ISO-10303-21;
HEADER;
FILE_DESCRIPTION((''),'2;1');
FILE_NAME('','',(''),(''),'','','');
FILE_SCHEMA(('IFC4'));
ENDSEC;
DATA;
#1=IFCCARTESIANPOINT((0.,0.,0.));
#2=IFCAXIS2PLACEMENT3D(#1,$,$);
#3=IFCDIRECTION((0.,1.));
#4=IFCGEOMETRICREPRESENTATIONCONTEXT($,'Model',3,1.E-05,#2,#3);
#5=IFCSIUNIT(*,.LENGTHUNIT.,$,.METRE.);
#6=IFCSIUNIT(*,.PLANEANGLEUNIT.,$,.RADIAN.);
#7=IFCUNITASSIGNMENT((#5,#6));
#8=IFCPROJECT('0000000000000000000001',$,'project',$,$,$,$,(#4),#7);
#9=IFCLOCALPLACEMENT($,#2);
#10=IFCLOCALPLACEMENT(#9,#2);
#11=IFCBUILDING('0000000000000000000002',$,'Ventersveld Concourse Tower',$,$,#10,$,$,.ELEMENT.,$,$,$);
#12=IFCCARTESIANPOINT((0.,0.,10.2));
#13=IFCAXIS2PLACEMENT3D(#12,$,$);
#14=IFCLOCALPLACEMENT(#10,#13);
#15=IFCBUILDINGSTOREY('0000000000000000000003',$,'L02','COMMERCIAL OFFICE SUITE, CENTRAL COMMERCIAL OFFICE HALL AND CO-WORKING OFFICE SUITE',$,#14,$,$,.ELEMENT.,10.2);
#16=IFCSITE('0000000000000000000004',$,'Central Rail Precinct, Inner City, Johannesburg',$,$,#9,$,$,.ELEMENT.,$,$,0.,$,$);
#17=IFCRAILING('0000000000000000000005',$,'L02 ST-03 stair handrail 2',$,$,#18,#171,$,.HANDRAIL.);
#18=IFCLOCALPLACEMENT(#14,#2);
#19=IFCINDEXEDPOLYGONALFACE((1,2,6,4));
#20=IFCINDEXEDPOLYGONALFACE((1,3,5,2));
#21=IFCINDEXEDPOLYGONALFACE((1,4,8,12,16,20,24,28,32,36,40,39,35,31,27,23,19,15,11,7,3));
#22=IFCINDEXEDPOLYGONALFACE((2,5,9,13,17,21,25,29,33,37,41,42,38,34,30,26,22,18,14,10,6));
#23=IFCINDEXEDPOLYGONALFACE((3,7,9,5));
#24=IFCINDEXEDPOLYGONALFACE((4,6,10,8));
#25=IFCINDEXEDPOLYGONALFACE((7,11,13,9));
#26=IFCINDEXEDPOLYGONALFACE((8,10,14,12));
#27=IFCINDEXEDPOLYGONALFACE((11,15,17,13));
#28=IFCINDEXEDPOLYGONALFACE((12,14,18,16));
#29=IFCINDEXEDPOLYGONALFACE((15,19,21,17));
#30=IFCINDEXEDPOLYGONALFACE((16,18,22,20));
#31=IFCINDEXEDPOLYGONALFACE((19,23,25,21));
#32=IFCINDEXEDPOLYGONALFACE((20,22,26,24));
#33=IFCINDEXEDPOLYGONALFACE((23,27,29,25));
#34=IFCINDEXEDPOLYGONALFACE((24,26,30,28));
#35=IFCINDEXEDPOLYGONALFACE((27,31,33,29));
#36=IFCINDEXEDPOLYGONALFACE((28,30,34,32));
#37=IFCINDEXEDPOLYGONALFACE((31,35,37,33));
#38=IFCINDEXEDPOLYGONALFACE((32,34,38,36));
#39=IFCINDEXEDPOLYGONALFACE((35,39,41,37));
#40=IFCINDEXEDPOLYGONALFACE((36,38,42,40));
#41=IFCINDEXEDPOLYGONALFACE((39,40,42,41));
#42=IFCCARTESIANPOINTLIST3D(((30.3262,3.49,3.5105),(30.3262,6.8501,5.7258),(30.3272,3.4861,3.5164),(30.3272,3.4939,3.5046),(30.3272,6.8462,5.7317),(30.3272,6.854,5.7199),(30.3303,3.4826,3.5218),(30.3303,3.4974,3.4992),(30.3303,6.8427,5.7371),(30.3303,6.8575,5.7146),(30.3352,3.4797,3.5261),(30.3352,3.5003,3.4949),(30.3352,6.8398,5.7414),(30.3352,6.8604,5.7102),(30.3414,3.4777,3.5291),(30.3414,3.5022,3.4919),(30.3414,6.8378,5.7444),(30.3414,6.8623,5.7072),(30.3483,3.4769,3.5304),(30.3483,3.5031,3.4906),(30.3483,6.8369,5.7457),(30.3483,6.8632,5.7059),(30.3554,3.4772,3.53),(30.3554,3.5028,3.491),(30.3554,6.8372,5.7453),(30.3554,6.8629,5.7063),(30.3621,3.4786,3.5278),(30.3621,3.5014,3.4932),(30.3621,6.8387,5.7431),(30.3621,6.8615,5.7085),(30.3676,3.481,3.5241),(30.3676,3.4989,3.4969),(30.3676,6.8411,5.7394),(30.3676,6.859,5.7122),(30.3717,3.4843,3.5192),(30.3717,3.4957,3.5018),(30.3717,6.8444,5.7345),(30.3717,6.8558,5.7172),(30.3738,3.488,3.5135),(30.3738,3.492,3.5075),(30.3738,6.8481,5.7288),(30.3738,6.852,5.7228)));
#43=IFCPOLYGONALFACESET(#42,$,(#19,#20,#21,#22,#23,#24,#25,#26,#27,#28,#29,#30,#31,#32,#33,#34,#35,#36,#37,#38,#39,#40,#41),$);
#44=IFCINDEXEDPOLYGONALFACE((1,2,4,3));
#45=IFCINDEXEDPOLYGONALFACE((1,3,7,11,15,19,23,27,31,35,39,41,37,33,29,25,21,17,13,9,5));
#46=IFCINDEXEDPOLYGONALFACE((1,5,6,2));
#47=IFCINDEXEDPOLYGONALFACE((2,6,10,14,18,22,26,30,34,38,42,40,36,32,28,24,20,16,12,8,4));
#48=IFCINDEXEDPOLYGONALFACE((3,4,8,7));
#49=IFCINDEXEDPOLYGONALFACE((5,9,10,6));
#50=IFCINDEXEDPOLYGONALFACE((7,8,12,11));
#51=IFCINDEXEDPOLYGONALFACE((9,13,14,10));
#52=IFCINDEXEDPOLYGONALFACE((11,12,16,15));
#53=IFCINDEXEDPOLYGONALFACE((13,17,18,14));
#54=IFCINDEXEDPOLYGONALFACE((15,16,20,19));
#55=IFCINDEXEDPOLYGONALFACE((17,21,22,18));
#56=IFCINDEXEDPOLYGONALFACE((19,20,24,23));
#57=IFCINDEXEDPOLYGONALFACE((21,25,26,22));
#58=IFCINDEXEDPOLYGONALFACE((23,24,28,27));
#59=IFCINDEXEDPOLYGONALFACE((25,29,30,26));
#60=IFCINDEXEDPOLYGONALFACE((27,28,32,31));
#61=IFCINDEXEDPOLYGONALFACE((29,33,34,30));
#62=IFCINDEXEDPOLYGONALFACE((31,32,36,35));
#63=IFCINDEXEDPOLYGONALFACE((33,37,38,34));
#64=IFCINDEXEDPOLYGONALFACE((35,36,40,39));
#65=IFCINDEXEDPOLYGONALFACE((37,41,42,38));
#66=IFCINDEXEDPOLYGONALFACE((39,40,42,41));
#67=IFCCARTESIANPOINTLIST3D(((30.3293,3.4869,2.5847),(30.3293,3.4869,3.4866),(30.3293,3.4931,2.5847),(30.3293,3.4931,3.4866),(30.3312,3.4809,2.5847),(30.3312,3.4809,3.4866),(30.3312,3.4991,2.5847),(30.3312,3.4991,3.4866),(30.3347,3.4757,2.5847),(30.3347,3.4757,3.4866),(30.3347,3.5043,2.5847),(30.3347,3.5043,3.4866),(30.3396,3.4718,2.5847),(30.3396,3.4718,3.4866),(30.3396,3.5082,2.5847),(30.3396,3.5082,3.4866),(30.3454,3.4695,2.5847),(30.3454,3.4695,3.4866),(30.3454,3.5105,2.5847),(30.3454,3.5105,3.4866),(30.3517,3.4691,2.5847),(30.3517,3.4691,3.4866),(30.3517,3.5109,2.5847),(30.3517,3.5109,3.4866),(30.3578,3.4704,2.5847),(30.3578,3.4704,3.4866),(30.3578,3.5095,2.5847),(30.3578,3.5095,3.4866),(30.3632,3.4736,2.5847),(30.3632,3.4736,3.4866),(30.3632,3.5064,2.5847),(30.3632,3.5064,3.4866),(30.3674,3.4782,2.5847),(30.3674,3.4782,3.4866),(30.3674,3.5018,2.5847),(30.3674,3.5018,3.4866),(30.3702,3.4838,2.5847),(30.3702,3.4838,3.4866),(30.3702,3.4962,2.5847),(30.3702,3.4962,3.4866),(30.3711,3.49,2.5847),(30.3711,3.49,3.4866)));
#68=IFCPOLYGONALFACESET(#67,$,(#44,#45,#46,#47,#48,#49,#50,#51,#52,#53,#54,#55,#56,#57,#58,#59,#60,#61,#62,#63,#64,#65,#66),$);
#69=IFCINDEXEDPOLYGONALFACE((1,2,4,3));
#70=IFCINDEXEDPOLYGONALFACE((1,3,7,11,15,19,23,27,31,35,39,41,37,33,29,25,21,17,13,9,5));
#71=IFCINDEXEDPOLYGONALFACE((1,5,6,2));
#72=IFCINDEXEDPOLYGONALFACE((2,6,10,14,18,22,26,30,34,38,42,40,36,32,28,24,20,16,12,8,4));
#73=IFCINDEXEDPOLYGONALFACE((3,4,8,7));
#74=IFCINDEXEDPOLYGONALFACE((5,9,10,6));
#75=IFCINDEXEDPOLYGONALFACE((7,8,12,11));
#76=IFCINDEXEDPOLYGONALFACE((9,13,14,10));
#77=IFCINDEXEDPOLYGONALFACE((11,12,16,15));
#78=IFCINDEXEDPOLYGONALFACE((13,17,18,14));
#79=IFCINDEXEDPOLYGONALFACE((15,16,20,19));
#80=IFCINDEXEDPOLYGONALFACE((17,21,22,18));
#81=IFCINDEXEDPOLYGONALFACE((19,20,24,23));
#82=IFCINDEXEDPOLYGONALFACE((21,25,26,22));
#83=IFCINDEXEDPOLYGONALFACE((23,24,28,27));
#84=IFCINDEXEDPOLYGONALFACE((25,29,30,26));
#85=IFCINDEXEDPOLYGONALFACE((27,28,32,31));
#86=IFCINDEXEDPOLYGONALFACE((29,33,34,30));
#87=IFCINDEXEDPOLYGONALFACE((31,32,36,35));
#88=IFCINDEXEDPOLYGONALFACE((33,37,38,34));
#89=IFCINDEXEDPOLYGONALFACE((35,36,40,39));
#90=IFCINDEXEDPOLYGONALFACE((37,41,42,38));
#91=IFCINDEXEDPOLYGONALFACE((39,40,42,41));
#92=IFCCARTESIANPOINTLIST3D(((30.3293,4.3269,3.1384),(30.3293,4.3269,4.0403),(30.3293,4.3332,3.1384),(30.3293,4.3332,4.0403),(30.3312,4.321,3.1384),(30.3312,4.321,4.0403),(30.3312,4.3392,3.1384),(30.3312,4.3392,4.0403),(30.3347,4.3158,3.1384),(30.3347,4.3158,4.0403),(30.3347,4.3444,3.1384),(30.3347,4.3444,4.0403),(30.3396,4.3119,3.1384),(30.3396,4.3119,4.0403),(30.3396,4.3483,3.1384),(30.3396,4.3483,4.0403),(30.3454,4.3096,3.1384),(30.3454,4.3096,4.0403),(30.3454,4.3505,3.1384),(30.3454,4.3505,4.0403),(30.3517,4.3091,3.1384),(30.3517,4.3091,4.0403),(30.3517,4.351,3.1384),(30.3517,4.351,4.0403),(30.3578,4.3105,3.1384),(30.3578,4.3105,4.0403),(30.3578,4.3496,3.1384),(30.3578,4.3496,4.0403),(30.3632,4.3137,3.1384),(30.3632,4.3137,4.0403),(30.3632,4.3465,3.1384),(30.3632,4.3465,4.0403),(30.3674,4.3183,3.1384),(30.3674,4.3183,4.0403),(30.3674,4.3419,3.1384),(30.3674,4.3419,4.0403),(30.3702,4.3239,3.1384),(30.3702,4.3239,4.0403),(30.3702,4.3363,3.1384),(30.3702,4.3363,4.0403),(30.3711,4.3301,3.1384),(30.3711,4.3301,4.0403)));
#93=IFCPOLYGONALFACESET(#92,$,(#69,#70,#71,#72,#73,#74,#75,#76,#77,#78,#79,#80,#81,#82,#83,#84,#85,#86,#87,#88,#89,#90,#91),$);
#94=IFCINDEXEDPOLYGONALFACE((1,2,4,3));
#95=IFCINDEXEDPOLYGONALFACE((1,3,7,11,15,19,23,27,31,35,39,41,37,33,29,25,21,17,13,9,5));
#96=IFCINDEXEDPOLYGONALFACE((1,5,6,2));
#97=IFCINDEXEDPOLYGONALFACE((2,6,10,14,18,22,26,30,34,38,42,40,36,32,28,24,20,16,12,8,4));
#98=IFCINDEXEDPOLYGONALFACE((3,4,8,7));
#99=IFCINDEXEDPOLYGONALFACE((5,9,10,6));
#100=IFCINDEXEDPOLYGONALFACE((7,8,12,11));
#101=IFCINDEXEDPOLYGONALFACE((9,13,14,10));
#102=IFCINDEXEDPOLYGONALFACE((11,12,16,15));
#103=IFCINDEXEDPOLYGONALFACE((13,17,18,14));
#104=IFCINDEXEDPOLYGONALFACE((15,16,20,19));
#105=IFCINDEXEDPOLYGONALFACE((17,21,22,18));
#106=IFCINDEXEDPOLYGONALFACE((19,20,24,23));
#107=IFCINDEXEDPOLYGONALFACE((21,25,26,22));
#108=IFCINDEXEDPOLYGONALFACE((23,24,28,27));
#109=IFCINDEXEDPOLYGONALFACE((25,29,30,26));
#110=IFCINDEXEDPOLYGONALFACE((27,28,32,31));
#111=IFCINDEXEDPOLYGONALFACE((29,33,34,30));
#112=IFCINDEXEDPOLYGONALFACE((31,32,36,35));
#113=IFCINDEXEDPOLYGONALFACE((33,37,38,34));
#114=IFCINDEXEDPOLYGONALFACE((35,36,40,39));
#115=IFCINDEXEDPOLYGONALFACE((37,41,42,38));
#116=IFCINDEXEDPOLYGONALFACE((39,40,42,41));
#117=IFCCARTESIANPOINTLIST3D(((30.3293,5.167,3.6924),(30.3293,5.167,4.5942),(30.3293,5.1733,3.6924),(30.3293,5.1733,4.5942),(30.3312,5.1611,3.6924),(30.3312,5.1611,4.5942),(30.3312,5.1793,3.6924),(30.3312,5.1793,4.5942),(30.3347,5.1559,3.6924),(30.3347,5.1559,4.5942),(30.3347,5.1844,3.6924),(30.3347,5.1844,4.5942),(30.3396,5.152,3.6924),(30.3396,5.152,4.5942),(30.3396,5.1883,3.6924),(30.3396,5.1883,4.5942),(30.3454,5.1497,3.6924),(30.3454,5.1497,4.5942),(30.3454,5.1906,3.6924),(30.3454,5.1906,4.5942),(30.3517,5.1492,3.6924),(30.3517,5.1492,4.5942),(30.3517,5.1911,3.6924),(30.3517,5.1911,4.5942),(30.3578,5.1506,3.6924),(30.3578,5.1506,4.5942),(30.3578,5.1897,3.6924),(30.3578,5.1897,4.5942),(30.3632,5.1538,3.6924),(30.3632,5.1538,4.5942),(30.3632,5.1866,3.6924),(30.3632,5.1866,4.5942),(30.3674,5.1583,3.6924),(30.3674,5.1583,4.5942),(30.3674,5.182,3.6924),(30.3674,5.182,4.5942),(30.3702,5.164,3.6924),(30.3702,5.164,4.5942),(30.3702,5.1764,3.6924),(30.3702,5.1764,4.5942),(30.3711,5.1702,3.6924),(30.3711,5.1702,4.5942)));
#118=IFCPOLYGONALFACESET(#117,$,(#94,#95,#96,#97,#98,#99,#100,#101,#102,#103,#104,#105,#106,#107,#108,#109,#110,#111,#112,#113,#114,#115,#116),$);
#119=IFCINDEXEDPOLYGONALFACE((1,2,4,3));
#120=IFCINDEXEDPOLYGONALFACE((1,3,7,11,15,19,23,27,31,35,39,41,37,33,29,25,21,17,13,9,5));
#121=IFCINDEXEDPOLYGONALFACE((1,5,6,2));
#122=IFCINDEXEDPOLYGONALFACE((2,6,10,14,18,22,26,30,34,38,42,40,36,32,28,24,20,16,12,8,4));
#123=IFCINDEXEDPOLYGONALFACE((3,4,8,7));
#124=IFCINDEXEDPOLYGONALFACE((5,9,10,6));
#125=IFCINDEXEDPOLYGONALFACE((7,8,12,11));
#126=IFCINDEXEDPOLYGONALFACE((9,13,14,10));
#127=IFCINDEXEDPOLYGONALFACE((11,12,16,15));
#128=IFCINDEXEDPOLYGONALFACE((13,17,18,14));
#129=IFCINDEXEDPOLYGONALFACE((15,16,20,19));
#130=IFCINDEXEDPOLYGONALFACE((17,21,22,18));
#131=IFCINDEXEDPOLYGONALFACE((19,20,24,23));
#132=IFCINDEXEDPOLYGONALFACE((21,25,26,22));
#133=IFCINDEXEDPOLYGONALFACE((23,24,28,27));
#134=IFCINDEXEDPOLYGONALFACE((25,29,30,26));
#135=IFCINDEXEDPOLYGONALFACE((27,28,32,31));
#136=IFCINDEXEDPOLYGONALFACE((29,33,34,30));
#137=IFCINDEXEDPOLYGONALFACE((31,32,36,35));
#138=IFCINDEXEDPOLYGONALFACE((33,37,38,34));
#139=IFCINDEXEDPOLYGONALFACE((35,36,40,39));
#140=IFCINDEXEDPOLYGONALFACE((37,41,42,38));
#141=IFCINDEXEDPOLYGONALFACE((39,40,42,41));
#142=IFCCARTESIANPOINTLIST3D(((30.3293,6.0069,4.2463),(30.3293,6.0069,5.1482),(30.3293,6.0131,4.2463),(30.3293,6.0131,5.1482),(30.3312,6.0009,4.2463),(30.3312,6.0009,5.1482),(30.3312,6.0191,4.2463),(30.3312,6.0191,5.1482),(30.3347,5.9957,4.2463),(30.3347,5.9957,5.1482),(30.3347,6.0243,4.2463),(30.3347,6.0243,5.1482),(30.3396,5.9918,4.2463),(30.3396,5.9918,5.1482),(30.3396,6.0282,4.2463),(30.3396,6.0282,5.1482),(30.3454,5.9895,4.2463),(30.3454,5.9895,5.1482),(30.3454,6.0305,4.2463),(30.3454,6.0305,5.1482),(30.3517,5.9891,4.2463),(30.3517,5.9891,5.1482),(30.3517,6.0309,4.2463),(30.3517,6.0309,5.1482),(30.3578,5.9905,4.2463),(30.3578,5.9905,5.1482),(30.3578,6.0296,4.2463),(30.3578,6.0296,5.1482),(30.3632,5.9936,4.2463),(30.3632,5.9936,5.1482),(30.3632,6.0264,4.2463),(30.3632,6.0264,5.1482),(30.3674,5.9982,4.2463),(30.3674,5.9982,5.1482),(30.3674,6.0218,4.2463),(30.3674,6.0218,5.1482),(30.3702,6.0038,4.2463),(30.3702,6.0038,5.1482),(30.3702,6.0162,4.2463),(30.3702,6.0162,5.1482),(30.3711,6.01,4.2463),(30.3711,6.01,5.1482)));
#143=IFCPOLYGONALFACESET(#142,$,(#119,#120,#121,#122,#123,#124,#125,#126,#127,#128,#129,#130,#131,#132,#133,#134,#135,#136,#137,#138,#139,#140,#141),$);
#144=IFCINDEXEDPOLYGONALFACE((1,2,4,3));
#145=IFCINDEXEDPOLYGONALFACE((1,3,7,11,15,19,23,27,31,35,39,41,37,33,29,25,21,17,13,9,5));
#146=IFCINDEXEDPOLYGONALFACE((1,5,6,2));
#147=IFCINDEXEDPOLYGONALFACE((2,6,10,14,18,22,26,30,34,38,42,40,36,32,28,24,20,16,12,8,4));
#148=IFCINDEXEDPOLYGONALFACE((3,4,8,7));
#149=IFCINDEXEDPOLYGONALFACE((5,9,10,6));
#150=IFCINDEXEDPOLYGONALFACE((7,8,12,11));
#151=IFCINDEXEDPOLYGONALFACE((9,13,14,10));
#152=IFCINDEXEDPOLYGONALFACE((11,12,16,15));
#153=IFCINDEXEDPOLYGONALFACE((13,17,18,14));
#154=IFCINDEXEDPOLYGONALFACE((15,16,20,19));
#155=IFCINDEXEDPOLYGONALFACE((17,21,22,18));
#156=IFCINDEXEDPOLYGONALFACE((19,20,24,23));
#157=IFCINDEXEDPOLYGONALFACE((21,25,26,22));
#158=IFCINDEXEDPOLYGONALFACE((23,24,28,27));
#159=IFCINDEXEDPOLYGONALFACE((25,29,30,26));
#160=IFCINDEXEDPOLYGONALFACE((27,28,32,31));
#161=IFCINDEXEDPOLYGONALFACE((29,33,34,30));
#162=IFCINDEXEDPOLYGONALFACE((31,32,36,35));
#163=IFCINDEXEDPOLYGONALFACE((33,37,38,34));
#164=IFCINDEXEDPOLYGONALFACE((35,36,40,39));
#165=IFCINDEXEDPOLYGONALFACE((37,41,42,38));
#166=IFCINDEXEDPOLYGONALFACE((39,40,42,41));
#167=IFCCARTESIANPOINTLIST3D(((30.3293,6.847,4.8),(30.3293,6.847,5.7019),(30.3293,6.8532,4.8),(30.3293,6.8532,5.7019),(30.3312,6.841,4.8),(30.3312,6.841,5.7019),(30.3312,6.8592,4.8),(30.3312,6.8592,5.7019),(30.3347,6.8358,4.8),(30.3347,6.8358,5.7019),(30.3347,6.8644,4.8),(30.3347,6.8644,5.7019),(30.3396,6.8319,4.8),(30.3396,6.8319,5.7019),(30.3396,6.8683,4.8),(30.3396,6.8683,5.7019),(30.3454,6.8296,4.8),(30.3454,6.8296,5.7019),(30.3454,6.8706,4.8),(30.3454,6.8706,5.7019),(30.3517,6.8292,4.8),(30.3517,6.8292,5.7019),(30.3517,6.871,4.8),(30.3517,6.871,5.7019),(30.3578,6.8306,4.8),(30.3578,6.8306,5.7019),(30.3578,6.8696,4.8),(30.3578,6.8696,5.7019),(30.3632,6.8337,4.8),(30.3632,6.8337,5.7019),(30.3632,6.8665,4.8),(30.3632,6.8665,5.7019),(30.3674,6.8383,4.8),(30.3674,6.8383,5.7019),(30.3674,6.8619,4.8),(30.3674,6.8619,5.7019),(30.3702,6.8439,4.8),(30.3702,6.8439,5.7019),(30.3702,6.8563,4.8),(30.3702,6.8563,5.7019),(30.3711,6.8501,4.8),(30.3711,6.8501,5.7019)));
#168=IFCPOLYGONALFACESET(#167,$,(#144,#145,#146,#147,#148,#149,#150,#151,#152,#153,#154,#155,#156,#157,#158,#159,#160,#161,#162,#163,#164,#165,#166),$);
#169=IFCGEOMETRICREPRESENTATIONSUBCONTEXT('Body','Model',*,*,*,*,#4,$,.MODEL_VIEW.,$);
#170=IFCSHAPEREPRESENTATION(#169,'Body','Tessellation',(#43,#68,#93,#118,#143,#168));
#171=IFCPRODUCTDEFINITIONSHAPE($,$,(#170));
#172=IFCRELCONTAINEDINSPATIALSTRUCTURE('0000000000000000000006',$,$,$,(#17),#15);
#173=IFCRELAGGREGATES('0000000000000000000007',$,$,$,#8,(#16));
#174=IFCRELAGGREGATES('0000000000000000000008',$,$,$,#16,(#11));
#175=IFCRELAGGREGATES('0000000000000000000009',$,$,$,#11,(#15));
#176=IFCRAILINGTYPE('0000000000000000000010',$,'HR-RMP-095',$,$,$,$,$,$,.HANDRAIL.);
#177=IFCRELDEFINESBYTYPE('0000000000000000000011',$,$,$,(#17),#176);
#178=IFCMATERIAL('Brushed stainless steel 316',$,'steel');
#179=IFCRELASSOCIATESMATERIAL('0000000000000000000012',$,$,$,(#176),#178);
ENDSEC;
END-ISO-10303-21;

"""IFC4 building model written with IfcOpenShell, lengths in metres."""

from ifc_helpers import new_model, si_unit, direction, frame, origin, origin_2d, place, context, subcontext, project, spatial, circle, extrude, material, type_object, element, save


model = new_model("IFC4")

# Units and contexts
model_context = context("Model", 3, precision=1e-05, world=origin(), true_north=direction((0.0, 1.0)))
body_context = subcontext(model_context, "Body", "Model", "MODEL_VIEW")
ifc_project = project(units=[si_unit("LENGTHUNIT", "METRE"), si_unit("PLANEANGLEUNIT", "RADIAN")], contexts=[model_context])

# Site, building, storey
site_placement = place(None, origin())
site = spatial("IfcSite", under=ifc_project, at=site_placement, Name="Central Rail Precinct, Inner City, Johannesburg", CompositionType="ELEMENT", RefElevation=0.0)
building_placement = place(site_placement, origin())
building = spatial("IfcBuilding", under=site, at=building_placement, Name="Ventersveld Concourse Tower", CompositionType="ELEMENT")
storey_placement = place(building_placement, frame((0.0, 0.0, 10.2)))
storey = spatial("IfcBuildingStorey", under=building, at=storey_placement, Name="L02", Description="COMMERCIAL OFFICE SUITE, CENTRAL COMMERCIAL OFFICE HALL AND CO-WORKING OFFICE SUITE", CompositionType="ELEMENT", Elevation=10.2)

# Railing
ifc_material_1 = material(Name="Brushed stainless steel 316", Category="steel")
railing_type_1 = type_object("IfcRailingType", Name="HR-RMP-095", PredefinedType="HANDRAIL", material=ifc_material_1)
railing_1_placement = place(storey_placement, frame((30.3501, 3.49, 2.5847)))
element("IfcRailing", 1, at=railing_1_placement, inside=storey, type_object=railing_type_1, Name="L02 ST-03 stair handrail 2", PredefinedType="HANDRAIL", context=body_context, shape_type="SweptSolid", body=[
    extrude(circle(Radius=0.0239, at=origin_2d()), frame((0.0, 0.0, 0.9258), z_axis=(0.0, 0.834876, 0.550437), x_axis=(-1.0, 0.0, 0.0)), (0.0, 0.0, 1.0), 4.0247),
    extrude(circle(Radius=0.021, at=origin_2d()), origin(), (0.0, 0.0, 1.0), 0.9019),
    extrude(circle(Radius=0.021, at=origin_2d()), frame((0.0, 0.8401, 0.5537)), (0.0, 0.0, 1.0), 0.9019),
    extrude(circle(Radius=0.021, at=origin_2d()), frame((0.0, 1.6802, 1.1077)), (0.0, 0.0, 1.0), 0.9019),
    extrude(circle(Radius=0.021, at=origin_2d()), frame((0.0, 2.52, 1.6616)), (0.0, 0.0, 1.0), 0.9019),
    extrude(circle(Radius=0.021, at=origin_2d()), frame((0.0, 3.3601, 2.2153)), (0.0, 0.0, 1.0), 0.9019),
])

save(model, "model.ifc")
